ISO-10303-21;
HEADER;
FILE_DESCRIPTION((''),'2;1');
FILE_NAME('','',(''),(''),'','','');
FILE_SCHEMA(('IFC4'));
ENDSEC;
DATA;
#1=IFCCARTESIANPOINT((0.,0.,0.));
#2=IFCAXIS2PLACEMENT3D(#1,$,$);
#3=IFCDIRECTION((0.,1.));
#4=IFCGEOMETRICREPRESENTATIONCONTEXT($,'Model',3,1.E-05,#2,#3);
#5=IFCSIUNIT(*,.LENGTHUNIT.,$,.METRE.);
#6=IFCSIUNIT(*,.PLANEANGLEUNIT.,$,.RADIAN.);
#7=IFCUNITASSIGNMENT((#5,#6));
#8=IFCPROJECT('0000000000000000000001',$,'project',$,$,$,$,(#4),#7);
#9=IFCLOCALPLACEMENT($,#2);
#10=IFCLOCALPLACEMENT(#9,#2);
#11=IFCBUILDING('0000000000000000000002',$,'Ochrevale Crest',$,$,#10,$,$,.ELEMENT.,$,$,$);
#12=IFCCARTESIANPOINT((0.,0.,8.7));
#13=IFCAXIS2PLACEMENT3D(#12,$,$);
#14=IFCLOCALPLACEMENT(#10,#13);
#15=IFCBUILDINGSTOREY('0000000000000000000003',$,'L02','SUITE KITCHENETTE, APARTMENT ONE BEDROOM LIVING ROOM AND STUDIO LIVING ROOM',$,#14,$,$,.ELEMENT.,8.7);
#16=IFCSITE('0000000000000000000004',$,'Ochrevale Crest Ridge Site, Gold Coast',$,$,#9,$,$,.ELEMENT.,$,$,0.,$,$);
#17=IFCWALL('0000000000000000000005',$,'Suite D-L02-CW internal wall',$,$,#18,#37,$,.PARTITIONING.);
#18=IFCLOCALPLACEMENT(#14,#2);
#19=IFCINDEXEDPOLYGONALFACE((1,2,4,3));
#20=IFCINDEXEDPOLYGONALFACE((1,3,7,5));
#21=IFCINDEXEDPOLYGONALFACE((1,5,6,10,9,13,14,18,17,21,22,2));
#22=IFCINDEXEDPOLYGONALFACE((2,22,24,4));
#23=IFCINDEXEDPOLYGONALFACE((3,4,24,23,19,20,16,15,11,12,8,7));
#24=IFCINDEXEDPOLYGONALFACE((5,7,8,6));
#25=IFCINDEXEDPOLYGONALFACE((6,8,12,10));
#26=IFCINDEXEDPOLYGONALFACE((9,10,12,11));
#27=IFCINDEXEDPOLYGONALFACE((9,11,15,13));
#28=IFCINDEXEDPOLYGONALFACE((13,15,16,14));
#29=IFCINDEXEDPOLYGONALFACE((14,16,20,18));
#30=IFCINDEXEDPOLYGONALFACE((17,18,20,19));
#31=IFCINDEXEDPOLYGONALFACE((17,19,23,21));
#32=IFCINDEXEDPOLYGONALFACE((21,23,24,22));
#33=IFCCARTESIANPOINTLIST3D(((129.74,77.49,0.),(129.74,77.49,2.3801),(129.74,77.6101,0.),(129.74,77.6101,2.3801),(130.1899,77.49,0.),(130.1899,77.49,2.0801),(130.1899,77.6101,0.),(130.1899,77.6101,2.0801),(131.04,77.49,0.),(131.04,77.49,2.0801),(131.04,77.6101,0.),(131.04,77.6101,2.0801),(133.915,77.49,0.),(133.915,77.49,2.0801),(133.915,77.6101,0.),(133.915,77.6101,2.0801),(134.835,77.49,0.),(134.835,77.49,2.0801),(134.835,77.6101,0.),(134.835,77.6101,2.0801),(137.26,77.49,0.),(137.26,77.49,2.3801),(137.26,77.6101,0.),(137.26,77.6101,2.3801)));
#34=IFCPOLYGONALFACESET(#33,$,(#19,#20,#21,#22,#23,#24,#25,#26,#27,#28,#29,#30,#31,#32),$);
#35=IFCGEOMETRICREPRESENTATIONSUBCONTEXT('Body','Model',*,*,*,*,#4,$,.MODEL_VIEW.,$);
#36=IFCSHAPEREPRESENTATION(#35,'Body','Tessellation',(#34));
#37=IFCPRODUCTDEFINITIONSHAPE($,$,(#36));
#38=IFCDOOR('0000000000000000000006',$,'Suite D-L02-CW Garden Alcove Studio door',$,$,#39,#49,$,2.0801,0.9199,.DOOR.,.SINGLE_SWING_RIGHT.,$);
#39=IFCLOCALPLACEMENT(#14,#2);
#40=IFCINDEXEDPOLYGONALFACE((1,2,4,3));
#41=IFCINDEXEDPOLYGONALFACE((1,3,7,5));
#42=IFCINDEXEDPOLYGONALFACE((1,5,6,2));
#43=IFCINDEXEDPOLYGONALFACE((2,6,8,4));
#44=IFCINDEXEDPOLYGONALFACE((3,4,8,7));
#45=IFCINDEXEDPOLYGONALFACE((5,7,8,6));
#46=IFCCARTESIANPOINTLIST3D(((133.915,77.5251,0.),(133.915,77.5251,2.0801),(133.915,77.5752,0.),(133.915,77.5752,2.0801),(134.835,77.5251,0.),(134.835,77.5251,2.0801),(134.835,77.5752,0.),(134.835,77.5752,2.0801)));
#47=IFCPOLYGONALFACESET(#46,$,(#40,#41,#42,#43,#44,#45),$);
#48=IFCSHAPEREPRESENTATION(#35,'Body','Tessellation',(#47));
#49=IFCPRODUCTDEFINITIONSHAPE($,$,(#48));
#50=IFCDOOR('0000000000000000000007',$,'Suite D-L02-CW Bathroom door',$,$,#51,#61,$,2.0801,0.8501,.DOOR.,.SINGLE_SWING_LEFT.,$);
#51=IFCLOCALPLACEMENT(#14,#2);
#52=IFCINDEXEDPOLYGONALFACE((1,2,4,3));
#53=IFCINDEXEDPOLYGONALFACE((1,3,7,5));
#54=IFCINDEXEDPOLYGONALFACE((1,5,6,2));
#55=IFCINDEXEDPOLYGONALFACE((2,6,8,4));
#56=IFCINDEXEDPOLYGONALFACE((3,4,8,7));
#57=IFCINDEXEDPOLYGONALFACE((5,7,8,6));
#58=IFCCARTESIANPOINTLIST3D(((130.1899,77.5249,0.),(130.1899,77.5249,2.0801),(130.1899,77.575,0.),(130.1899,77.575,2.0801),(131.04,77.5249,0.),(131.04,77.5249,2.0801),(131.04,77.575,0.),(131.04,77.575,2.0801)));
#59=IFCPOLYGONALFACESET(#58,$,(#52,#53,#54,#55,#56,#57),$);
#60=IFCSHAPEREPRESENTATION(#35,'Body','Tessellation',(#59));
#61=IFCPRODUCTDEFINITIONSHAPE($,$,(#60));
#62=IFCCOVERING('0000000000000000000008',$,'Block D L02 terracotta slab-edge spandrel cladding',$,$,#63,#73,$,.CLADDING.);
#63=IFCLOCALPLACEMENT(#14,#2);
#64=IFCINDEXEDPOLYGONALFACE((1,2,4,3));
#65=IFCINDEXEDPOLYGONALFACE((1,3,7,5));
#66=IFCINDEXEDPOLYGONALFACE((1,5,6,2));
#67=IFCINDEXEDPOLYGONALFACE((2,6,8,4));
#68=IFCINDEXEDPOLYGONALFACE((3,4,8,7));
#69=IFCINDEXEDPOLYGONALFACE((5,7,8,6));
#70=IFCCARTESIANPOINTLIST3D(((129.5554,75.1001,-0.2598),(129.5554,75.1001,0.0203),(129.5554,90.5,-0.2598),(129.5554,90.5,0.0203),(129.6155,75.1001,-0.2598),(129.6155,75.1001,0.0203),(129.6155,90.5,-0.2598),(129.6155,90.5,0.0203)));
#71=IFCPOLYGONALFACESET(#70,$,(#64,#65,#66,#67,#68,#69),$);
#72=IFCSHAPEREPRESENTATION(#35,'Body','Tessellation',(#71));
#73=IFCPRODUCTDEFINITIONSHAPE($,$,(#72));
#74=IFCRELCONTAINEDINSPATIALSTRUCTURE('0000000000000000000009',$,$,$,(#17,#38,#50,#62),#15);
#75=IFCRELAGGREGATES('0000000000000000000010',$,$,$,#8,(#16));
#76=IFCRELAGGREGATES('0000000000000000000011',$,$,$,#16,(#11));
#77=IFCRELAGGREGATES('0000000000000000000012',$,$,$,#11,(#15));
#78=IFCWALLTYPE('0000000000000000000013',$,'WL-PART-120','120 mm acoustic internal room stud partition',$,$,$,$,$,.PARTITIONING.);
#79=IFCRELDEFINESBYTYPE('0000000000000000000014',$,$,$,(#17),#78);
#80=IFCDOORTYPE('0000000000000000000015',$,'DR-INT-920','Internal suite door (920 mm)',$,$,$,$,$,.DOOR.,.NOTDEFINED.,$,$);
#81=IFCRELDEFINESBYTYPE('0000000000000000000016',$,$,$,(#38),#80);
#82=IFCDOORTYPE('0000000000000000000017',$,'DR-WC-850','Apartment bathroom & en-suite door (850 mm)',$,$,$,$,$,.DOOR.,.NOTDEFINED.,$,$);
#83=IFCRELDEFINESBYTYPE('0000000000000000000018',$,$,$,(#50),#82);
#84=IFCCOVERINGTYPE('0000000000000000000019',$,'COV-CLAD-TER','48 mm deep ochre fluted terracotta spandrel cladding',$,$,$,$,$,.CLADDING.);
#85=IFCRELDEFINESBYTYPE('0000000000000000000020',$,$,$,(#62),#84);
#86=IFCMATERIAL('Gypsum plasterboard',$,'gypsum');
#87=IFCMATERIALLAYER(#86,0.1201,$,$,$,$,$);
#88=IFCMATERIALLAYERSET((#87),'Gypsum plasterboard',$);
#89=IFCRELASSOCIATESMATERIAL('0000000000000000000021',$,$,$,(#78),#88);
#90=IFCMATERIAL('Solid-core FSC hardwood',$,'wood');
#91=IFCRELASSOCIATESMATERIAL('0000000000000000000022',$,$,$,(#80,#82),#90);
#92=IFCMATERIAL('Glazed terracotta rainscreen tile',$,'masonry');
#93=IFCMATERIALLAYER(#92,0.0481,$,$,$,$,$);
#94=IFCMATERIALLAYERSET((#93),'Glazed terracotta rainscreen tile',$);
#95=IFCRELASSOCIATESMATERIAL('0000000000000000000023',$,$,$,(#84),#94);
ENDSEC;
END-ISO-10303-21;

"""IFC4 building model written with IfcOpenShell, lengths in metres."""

from ifc_helpers import new_model, si_unit, direction, frame, frame_2d, origin, origin_2d, place, context, subcontext, project, spatial, rectangle, extrude, material, layer, layer_set, type_object, element, fill, save


model = new_model("IFC4")

# Units and contexts
model_context = context("Model", 3, precision=1e-05, world=origin(), true_north=direction((0.0, 1.0)))
body_context = subcontext(model_context, "Body", "Model", "MODEL_VIEW")
ifc_project = project(units=[si_unit("LENGTHUNIT", "METRE"), si_unit("PLANEANGLEUNIT", "RADIAN")], contexts=[model_context])

# Site, building, storey
site_placement = place(None, origin())
site = spatial("IfcSite", under=ifc_project, at=site_placement, Name="Ochrevale Crest Ridge Site, Gold Coast", CompositionType="ELEMENT", RefElevation=0.0)
building_placement = place(site_placement, origin())
building = spatial("IfcBuilding", under=site, at=building_placement, Name="Ochrevale Crest", CompositionType="ELEMENT")
storey_placement = place(building_placement, frame((0.0, 0.0, 8.7)))
storey = spatial("IfcBuildingStorey", under=building, at=storey_placement, Name="L02", Description="SUITE KITCHENETTE, APARTMENT ONE BEDROOM LIVING ROOM AND STUDIO LIVING ROOM", CompositionType="ELEMENT", Elevation=8.7)

# Shared definitions
ifc_material_1 = material(Name="Gypsum plasterboard", Category="gypsum")
ifc_material_2 = material(Name="Solid-core FSC hardwood", Category="wood")

# Wall, openings, doors
ifc_layer_1 = layer(ifc_material_1, 0.1201)
ifc_layer_set_1 = layer_set([ifc_layer_1], Name="Gypsum plasterboard")
wall_type_1 = type_object("IfcWallType", Name="WL-PART-120", Description="120 mm acoustic internal room stud partition", PredefinedType="PARTITIONING", material=ifc_layer_set_1)
wall_1_placement = place(storey_placement, frame((129.74, 77.55, 0.0), z_axis=(0.0, 0.0, 1.0), x_axis=(1.0, 0.0, 0.0)))
wall_1 = element("IfcWall", 1, at=wall_1_placement, inside=storey, type_object=wall_type_1, Name="Suite D-L02-CW internal wall", PredefinedType="PARTITIONING", context=body_context, shape_type="SweptSolid", body=[
    extrude(rectangle(XDim=7.52, YDim=0.1201, at=frame_2d((3.76, 0.0))), origin(), (0.0, 0.0, 1.0), 2.3801),
])
opening_1_placement = place(wall_1_placement, frame((0.45, 0.0, 0.0)))
opening_1 = element("IfcOpeningElement", 2, at=opening_1_placement, cuts=wall_1, PredefinedType="OPENING", context=body_context, shape_type="SweptSolid", body=[
    extrude(rectangle(XDim=0.8501, YDim=2.0801, at=frame_2d((0.425, 1.04))), frame((0.0, 0.0701, 0.0), z_axis=(0.0, -1.0, 0.0), x_axis=(1.0, 0.0, 0.0)), (0.0, 0.0, 1.0), 0.1401),
])
opening_2_placement = place(wall_1_placement, frame((5.095, 0.0, 0.0), z_axis=(0.0, 0.0, 1.0), x_axis=(-1.0, 0.0, 0.0)))
opening_2 = element("IfcOpeningElement", 3, at=opening_2_placement, cuts=wall_1, PredefinedType="OPENING", context=body_context, shape_type="SweptSolid", body=[
    extrude(rectangle(XDim=0.9199, YDim=2.0801, at=frame_2d((0.46, 1.04))), frame((0.0, 0.0701, 0.0), z_axis=(0.0, -1.0, 0.0), x_axis=(1.0, 0.0, 0.0)), (0.0, 0.0, 1.0), 0.1401),
])
door_type_1 = type_object("IfcDoorType", Name="DR-INT-920", Description="Internal suite door (920 mm)", OperationType="NOTDEFINED", PredefinedType="DOOR", material=ifc_material_2)
door_1_placement = place(opening_2_placement, origin())
door_1 = element("IfcDoor", 4, at=door_1_placement, inside=storey, type_object=door_type_1, Name="Suite D-L02-CW Garden Alcove Studio door", OperationType="SINGLE_SWING_RIGHT", OverallHeight=2.0801, OverallWidth=0.9199, PredefinedType="DOOR", context=body_context, shape_type="SweptSolid", body=[
    extrude(rectangle(XDim=0.9199, YDim=2.0801, at=frame_2d((0.46, 1.04))), frame((0.0, 0.0249, 0.0), z_axis=(0.0, -1.0, 0.0), x_axis=(1.0, 0.0, 0.0)), (0.0, 0.0, 1.0), 0.05),
])
fill(opening_2, door_1)
door_type_2 = type_object("IfcDoorType", Name="DR-WC-850", Description="Apartment bathroom & en-suite door (850 mm)", OperationType="NOTDEFINED", PredefinedType="DOOR", material=ifc_material_2)
door_2_placement = place(opening_1_placement, origin())
door_2 = element("IfcDoor", 5, at=door_2_placement, inside=storey, type_object=door_type_2, Name="Suite D-L02-CW Bathroom door", OperationType="SINGLE_SWING_LEFT", OverallHeight=2.0801, OverallWidth=0.8501, PredefinedType="DOOR", context=body_context, shape_type="SweptSolid", body=[
    extrude(rectangle(XDim=0.8501, YDim=2.0801, at=frame_2d((0.425, 1.04))), frame((0.0, 0.0249, 0.0), z_axis=(0.0, -1.0, 0.0), x_axis=(1.0, 0.0, 0.0)), (0.0, 0.0, 1.0), 0.05),
])
fill(opening_1, door_2)

# Covering
ifc_material_3 = material(Name="Glazed terracotta rainscreen tile", Category="masonry")
ifc_layer_2 = layer(ifc_material_3, 0.0481)
ifc_layer_set_2 = layer_set([ifc_layer_2], Name="Glazed terracotta rainscreen tile")
covering_type = type_object("IfcCoveringType", Name="COV-CLAD-TER", Description="48 mm deep ochre fluted terracotta spandrel cladding", PredefinedType="CLADDING", material=ifc_layer_set_2)
covering_placement = place(storey_placement, frame((129.5854, 82.8, -0.2598), z_axis=(0.0, 0.0, 1.0), x_axis=(0.0, -1.0, 0.0)))
element("IfcCovering", 6, at=covering_placement, inside=storey, type_object=covering_type, Name="Block D L02 terracotta slab-edge spandrel cladding", PredefinedType="CLADDING", context=body_context, shape_type="SweptSolid", body=[
    extrude(rectangle(XDim=15.3999, YDim=0.0601, at=origin_2d()), origin(), (0.0, 0.0, 1.0), 0.28),
])

save(model, "model.ifc")
